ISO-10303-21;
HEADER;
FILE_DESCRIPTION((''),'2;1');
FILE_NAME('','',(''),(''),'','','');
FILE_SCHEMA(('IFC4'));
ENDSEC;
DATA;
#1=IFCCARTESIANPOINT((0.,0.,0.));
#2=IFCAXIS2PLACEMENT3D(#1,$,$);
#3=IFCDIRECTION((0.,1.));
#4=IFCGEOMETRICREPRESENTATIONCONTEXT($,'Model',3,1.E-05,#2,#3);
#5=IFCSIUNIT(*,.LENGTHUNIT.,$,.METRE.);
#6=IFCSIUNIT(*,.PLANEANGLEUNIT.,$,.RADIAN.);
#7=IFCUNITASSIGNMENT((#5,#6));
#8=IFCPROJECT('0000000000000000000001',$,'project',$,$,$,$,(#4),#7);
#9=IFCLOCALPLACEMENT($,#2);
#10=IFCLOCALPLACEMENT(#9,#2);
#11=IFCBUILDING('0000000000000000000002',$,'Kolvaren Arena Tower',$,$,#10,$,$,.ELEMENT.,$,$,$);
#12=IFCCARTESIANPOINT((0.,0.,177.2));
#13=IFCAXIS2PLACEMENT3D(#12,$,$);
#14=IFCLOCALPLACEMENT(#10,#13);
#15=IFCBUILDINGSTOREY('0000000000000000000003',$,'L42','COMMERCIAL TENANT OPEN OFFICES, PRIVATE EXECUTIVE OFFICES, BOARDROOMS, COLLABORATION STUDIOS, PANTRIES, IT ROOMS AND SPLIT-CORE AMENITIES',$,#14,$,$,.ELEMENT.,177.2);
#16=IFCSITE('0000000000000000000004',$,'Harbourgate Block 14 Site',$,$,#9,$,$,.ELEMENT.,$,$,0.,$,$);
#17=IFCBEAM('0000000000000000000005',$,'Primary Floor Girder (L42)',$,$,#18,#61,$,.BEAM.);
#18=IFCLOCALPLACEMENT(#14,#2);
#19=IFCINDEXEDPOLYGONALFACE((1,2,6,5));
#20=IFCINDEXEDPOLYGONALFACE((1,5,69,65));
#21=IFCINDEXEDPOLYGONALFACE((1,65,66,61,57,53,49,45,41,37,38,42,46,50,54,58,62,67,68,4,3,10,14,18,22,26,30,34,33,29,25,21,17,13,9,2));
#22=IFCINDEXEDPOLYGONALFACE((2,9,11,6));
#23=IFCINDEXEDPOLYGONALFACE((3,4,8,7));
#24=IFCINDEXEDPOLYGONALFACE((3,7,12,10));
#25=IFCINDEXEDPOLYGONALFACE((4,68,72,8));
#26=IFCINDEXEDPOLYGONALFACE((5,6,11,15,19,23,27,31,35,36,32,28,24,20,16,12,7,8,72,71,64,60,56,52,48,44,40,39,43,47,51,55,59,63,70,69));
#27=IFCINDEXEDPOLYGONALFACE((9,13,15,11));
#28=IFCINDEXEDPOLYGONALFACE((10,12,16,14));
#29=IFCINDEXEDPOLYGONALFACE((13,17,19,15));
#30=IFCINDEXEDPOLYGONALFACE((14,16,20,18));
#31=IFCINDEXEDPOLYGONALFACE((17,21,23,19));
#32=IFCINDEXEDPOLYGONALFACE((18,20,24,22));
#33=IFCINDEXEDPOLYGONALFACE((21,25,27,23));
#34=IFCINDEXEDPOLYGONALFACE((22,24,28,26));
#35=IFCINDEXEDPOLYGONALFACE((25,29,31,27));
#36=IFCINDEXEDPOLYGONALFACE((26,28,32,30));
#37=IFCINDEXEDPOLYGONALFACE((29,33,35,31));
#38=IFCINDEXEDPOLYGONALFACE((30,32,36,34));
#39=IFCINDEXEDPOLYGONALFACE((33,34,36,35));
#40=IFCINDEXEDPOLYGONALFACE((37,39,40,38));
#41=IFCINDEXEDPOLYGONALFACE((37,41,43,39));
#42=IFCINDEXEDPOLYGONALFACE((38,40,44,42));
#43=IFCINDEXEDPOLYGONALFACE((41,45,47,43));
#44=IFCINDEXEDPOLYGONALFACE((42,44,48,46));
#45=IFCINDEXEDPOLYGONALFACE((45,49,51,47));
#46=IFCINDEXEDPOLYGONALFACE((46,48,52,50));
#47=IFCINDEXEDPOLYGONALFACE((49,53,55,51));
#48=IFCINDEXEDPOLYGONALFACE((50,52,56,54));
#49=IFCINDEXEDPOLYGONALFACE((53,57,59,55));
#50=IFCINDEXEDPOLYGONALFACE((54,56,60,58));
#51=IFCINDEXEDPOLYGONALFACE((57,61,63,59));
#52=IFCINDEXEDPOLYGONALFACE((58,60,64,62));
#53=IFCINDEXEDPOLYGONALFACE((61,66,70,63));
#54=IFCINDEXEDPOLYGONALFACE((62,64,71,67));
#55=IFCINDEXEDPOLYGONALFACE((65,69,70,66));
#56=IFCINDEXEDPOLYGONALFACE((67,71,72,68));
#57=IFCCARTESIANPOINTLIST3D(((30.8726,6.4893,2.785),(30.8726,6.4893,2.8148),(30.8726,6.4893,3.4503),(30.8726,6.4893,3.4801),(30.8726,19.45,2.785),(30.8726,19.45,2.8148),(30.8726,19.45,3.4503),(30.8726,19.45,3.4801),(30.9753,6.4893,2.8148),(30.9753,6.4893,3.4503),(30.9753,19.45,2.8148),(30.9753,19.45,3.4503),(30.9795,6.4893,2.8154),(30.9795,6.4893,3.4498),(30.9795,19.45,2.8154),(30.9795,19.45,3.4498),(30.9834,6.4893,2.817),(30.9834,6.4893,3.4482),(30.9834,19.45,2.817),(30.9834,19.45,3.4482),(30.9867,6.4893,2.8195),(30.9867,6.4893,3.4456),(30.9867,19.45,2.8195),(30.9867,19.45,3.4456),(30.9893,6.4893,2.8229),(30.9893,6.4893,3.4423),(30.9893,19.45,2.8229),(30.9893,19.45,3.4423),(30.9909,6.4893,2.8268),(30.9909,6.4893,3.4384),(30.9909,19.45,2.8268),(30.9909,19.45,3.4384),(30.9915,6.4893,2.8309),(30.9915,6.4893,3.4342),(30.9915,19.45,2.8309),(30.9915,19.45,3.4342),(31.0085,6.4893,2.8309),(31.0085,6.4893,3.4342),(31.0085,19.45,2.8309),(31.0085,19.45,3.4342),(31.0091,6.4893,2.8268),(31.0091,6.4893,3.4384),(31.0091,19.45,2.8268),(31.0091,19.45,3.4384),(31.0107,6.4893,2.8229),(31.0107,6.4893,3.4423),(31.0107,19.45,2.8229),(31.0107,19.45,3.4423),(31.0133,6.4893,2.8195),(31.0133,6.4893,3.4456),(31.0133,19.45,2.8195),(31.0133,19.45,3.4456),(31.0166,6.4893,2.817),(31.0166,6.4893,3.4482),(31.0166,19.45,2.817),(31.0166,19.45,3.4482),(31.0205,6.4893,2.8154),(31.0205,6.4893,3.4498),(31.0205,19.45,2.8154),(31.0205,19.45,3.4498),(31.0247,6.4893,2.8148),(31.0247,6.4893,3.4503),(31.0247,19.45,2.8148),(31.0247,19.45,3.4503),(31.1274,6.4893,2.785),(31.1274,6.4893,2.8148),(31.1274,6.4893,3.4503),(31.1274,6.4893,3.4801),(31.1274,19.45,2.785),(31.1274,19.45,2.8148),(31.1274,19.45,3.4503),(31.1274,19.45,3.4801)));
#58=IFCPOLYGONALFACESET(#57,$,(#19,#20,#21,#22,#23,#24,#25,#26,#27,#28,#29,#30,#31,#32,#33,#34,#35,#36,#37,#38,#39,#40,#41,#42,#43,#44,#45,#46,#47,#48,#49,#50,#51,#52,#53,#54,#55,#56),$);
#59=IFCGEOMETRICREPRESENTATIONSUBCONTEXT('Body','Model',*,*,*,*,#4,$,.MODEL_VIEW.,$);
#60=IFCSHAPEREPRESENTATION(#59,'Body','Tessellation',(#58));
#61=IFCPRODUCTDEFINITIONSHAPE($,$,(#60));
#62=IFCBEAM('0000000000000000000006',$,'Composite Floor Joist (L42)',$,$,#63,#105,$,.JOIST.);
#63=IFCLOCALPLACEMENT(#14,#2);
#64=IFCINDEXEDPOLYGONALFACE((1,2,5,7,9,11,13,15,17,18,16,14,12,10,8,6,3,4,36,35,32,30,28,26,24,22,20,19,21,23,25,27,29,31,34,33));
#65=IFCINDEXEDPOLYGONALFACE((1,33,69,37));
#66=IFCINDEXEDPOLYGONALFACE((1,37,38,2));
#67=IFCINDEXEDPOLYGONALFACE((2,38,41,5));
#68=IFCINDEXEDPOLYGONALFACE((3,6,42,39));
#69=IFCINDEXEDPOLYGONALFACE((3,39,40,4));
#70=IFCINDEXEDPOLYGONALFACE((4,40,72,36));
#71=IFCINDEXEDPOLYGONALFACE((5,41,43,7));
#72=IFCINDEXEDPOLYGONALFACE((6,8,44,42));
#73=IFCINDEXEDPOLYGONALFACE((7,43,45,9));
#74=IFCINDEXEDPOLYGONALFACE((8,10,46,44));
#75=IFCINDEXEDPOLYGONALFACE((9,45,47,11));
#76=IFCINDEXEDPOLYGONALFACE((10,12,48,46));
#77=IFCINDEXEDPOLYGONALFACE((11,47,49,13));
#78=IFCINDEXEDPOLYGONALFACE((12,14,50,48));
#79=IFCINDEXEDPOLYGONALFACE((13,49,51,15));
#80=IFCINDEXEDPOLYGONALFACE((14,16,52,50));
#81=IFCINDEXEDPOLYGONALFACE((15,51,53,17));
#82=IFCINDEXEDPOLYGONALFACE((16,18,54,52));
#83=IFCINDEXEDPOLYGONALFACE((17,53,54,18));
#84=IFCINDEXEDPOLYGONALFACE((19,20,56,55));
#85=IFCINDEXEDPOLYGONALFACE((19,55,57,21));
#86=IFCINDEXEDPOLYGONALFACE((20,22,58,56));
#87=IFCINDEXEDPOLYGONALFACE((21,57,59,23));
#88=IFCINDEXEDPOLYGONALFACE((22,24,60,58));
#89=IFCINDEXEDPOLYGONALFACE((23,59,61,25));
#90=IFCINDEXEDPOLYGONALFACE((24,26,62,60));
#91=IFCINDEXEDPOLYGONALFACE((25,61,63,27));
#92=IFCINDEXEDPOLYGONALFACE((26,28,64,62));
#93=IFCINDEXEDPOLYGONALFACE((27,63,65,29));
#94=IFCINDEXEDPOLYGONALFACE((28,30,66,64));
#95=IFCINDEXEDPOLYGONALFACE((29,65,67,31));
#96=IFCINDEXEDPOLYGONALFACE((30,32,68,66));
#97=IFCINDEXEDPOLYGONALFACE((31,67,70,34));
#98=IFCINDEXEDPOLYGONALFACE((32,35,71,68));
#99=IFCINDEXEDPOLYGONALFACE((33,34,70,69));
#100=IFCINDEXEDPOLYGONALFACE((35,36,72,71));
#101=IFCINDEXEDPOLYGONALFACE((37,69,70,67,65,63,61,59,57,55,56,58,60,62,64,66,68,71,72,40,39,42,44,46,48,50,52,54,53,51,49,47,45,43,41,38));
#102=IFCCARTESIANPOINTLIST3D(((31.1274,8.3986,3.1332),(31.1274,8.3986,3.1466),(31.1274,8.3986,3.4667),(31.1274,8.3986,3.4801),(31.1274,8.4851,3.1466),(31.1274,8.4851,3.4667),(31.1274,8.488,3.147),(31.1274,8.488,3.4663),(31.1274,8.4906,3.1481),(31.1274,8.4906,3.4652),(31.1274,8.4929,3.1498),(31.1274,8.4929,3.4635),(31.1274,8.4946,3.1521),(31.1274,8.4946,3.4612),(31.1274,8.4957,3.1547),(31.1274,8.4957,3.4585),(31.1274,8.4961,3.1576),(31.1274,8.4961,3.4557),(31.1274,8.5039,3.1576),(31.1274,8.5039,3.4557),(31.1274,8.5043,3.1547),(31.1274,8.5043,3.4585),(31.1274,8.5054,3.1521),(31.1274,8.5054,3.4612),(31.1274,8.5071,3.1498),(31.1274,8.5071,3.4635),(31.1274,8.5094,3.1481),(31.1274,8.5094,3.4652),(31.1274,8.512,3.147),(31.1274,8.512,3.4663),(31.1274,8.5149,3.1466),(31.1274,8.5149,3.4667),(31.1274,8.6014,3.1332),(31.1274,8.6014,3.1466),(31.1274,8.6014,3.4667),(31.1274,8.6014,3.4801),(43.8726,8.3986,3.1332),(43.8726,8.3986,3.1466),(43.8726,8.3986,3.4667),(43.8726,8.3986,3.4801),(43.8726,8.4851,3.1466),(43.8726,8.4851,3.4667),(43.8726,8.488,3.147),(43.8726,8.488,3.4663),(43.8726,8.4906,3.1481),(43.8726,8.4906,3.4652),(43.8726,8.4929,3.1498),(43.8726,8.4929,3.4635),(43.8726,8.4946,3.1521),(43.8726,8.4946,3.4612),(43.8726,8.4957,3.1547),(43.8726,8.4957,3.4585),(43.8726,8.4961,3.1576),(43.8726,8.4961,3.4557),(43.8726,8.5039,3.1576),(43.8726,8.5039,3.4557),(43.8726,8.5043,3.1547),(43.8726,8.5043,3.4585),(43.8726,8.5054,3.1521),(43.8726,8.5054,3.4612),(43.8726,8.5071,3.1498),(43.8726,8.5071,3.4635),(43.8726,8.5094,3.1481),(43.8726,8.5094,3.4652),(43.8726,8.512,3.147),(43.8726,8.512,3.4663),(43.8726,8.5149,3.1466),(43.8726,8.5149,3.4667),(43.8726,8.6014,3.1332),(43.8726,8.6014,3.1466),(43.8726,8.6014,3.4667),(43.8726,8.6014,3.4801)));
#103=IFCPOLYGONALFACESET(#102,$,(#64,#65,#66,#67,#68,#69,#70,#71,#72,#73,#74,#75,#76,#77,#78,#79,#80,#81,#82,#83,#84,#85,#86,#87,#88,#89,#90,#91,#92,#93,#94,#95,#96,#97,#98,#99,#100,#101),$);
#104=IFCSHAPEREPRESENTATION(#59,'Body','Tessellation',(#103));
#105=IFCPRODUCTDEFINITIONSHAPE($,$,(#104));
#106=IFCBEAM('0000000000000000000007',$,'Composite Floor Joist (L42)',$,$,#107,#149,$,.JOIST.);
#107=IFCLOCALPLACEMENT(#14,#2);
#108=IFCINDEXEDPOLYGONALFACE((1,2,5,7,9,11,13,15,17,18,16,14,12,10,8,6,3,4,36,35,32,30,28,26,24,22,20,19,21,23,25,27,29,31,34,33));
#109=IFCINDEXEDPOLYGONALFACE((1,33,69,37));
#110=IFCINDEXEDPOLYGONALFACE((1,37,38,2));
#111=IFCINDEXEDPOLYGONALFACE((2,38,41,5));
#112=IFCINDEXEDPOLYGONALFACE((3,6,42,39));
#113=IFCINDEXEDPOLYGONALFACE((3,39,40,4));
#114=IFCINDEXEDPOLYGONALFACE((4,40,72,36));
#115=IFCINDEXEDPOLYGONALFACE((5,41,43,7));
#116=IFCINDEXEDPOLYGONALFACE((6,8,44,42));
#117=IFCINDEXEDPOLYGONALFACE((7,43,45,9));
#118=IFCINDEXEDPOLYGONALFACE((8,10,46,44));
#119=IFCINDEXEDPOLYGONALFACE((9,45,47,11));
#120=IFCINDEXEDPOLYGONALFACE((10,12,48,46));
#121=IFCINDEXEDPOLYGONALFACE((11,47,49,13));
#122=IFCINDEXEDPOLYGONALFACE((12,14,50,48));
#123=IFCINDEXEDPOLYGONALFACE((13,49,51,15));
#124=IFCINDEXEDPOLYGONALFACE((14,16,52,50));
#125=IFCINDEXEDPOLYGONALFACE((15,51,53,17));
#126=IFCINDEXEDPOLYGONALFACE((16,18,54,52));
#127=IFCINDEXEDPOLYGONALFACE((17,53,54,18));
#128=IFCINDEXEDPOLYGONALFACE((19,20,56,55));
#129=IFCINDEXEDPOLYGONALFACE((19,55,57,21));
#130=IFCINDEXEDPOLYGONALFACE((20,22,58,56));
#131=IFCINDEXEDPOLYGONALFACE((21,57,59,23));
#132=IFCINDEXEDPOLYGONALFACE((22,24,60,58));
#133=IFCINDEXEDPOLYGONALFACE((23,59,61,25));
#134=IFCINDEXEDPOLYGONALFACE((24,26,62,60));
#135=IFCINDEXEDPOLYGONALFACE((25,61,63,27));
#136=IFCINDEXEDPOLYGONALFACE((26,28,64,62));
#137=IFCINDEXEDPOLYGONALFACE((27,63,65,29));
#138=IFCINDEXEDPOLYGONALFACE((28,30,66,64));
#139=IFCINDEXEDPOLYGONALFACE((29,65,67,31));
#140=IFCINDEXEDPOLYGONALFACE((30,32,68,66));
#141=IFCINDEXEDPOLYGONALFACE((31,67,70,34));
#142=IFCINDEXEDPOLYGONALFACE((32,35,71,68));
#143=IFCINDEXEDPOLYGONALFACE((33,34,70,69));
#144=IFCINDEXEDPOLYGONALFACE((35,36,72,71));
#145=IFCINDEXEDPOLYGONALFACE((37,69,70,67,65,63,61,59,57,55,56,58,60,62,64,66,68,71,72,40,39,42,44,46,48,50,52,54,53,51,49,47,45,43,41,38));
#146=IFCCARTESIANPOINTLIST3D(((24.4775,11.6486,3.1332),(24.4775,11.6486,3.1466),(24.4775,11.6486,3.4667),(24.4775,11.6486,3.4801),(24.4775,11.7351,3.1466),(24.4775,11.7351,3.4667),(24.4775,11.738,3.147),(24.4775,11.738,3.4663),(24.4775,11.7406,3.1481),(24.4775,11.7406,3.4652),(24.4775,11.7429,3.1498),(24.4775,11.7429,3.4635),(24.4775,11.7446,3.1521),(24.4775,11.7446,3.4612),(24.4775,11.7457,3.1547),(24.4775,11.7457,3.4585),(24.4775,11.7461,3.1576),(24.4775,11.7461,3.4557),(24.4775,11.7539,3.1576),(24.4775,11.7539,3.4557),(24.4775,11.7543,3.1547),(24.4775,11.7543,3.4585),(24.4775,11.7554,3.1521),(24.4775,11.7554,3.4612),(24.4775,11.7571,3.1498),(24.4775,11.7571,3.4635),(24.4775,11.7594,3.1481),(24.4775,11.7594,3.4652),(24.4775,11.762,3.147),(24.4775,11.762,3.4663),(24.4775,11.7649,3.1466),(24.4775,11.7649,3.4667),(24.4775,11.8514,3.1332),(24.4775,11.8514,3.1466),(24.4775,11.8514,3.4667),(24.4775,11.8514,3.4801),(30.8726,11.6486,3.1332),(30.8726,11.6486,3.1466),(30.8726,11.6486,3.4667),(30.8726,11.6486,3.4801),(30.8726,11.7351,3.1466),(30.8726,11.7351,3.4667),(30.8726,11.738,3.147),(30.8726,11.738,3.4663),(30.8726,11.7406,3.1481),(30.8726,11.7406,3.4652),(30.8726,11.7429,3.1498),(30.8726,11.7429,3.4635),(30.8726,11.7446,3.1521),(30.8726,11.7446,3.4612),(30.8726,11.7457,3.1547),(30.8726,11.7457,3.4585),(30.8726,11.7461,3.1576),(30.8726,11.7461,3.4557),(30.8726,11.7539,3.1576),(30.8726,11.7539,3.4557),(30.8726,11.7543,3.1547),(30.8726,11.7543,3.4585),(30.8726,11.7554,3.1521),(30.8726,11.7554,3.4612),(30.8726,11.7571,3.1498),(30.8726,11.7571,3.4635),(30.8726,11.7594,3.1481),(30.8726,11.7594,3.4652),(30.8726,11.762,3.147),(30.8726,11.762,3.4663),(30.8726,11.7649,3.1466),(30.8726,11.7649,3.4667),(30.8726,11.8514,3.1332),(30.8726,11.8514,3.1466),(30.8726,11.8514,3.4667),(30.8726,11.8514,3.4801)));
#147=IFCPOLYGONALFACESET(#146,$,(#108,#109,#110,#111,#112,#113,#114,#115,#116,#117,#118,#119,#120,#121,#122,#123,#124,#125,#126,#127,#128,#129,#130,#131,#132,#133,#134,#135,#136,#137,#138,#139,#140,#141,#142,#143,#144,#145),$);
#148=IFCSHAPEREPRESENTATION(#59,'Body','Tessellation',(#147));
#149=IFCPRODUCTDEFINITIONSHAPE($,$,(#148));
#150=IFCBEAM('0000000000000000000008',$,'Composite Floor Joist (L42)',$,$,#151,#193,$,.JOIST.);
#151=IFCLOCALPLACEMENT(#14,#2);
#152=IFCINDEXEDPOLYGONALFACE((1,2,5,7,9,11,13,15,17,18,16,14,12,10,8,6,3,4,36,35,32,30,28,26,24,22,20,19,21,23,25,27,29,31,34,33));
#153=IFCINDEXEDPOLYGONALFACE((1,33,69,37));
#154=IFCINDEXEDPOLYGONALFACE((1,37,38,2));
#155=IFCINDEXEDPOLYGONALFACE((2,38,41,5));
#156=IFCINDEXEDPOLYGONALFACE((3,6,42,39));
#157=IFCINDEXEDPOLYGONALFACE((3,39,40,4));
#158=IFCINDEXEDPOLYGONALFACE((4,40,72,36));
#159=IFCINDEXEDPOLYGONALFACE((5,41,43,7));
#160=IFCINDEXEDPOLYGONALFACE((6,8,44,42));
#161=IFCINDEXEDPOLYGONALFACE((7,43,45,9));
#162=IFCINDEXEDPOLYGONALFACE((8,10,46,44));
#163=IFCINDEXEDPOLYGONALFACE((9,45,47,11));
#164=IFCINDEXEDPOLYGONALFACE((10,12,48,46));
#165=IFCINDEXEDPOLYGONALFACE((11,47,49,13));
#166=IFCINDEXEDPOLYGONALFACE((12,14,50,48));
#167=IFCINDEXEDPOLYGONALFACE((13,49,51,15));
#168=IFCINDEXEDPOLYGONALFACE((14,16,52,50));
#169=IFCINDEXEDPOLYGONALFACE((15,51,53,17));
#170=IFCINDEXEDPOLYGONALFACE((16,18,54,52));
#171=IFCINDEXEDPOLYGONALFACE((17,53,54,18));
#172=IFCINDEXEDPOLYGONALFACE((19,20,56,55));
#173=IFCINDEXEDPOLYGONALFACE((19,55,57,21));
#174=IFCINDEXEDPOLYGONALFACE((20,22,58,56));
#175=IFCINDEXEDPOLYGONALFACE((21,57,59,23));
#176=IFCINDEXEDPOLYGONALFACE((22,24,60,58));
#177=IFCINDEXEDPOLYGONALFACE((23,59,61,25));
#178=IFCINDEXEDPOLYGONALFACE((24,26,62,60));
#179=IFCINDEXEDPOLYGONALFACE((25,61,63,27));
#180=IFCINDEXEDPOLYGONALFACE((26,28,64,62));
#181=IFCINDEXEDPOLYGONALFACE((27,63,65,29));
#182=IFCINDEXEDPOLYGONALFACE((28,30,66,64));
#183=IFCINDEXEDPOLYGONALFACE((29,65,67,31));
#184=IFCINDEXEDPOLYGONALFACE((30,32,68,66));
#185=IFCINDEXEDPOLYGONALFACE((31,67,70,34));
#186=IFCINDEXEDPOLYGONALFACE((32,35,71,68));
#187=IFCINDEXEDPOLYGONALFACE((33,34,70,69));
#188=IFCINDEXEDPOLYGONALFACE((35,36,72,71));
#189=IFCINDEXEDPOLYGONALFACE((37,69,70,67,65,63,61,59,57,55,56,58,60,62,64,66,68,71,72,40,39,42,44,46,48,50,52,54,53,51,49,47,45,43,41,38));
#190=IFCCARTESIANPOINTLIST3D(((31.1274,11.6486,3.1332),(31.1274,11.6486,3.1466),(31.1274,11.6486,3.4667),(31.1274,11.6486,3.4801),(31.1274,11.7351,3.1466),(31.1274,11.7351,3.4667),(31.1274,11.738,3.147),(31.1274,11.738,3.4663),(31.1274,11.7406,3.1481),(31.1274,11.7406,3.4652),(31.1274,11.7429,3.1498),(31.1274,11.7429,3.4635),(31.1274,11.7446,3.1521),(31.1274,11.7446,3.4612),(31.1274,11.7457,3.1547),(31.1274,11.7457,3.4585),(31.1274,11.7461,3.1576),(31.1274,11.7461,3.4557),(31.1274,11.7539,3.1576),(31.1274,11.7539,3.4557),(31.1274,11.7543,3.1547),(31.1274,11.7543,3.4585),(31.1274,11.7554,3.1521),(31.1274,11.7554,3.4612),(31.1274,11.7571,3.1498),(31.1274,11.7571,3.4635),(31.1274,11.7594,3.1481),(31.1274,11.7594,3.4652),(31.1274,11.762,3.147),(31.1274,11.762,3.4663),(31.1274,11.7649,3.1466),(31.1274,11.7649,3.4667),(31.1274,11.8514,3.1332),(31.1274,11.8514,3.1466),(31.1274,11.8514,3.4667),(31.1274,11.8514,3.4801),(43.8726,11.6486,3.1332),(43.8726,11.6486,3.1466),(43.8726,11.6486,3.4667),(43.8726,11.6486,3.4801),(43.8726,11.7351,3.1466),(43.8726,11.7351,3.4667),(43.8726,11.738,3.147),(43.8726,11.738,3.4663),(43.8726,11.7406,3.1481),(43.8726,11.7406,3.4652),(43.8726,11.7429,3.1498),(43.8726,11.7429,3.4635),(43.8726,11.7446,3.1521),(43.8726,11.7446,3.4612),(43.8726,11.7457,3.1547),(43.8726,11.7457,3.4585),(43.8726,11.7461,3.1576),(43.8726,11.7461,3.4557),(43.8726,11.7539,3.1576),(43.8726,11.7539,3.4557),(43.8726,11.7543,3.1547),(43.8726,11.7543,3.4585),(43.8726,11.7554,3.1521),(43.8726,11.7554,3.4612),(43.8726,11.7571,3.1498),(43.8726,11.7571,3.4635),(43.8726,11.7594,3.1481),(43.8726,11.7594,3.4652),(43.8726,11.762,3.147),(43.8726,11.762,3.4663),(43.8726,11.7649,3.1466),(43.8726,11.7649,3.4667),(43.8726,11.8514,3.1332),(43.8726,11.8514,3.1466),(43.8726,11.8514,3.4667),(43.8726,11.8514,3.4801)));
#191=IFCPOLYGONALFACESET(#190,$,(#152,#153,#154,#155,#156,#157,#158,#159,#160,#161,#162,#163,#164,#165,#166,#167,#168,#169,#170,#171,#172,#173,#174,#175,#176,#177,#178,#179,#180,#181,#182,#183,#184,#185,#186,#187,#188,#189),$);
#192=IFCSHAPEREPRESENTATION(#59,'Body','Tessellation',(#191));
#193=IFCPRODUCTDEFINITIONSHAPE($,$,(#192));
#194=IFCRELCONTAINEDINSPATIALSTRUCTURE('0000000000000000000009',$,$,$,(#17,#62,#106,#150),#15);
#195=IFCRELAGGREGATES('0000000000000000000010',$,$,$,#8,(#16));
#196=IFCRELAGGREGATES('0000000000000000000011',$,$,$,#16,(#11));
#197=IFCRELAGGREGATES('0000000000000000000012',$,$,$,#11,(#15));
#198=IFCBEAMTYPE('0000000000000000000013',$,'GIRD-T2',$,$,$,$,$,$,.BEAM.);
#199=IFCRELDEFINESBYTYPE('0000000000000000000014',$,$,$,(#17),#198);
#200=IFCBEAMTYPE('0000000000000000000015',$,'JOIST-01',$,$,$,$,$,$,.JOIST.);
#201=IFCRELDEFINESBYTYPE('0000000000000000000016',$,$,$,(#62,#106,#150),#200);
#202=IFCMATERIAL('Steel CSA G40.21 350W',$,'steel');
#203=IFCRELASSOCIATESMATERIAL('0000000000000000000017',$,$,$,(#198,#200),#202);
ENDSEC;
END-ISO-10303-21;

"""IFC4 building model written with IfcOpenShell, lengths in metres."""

from ifc_helpers import new_model, si_unit, direction, frame, origin, origin_2d, place, context, subcontext, project, spatial, i_section, extrude, material, material_profile, profile_set, type_object, element, save


model = new_model("IFC4")

# Units and contexts
model_context = context("Model", 3, precision=1e-05, world=origin(), true_north=direction((0.0, 1.0)))
body_context = subcontext(model_context, "Body", "Model", "MODEL_VIEW")
ifc_project = project(units=[si_unit("LENGTHUNIT", "METRE"), si_unit("PLANEANGLEUNIT", "RADIAN")], contexts=[model_context])

# Site, building, storey
site_placement = place(None, origin())
site = spatial("IfcSite", under=ifc_project, at=site_placement, Name="Harbourgate Block 14 Site", CompositionType="ELEMENT", RefElevation=0.0)
building_placement = place(site_placement, origin())
building = spatial("IfcBuilding", under=site, at=building_placement, Name="Kolvaren Arena Tower", CompositionType="ELEMENT")
storey_placement = place(building_placement, frame((0.0, 0.0, 177.2)))
storey = spatial("IfcBuildingStorey", under=building, at=storey_placement, Name="L42", Description="COMMERCIAL TENANT OPEN OFFICES, PRIVATE EXECUTIVE OFFICES, BOARDROOMS, COLLABORATION STUDIOS, PANTRIES, IT ROOMS AND SPLIT-CORE AMENITIES", CompositionType="ELEMENT", Elevation=177.2)

# Beams
ifc_material_1 = material(Name="Steel CSA G40.21 350W", Category="steel")
ifc_material_profile_1 = material_profile(ifc_material_1, i_section(OverallWidth=0.2549, OverallDepth=0.6951, WebThickness=0.0171, FlangeThickness=0.0298, FilletRadius=0.0161, at=origin_2d()), Name="W690x217")
ifc_profile_set_1 = profile_set([ifc_material_profile_1], Name="Steel CSA G40.21 350W")
beam_type_1 = type_object("IfcBeamType", Name="GIRD-T2", PredefinedType="BEAM", material=ifc_profile_set_1)
beam_1_placement = place(storey_placement, frame((31.0, 6.4893, 3.1326), z_axis=(0.0, 1.0, 0.0), x_axis=(-1.0, 0.0, 0.0)))
element("IfcBeam", 1, at=beam_1_placement, inside=storey, type_object=beam_type_1, Name="Primary Floor Girder (L42)", PredefinedType="BEAM", context=body_context, shape_type="SweptSolid", body=[
    extrude(i_section(OverallWidth=0.2549, OverallDepth=0.6951, WebThickness=0.0171, FlangeThickness=0.0298, FilletRadius=0.0161, at=origin_2d()), origin(), (0.0, 0.0, 1.0), 12.9607),
])
ifc_material_profile_2 = material_profile(ifc_material_1, i_section(OverallWidth=0.2029, OverallDepth=0.3469, WebThickness=0.0078, FlangeThickness=0.0134, FilletRadius=0.011, at=origin_2d()), Name="W360x64")
ifc_profile_set_2 = profile_set([ifc_material_profile_2], Name="Steel CSA G40.21 350W")
beam_type_2 = type_object("IfcBeamType", Name="JOIST-01", PredefinedType="JOIST", material=ifc_profile_set_2)
beam_2_placement = place(storey_placement, frame((31.1274, 8.5, 3.3066), z_axis=(1.0, 0.0, 0.0), x_axis=(0.0, 1.0, 0.0)))
element("IfcBeam", 2, at=beam_2_placement, inside=storey, type_object=beam_type_2, Name="Composite Floor Joist (L42)", PredefinedType="JOIST", context=body_context, shape_type="SweptSolid", body=[
    extrude(i_section(OverallWidth=0.2029, OverallDepth=0.3469, WebThickness=0.0078, FlangeThickness=0.0134, FilletRadius=0.011, at=origin_2d()), origin(), (0.0, 0.0, 1.0), 12.7451),
])
beam_3_placement = place(storey_placement, frame((24.4775, 11.75, 3.3066), z_axis=(1.0, 0.0, 0.0), x_axis=(0.0, 1.0, 0.0)))
element("IfcBeam", 3, at=beam_3_placement, inside=storey, type_object=beam_type_2, Name="Composite Floor Joist (L42)", PredefinedType="JOIST", context=body_context, shape_type="SweptSolid", body=[
    extrude(i_section(OverallWidth=0.2029, OverallDepth=0.3469, WebThickness=0.0078, FlangeThickness=0.0134, FilletRadius=0.011, at=origin_2d()), origin(), (0.0, 0.0, 1.0), 6.395),
])
beam_4_placement = place(storey_placement, frame((31.1274, 11.75, 3.3066), z_axis=(1.0, 0.0, 0.0), x_axis=(0.0, 1.0, 0.0)))
element("IfcBeam", 4, at=beam_4_placement, inside=storey, type_object=beam_type_2, Name="Composite Floor Joist (L42)", PredefinedType="JOIST", context=body_context, shape_type="SweptSolid", body=[
    extrude(i_section(OverallWidth=0.2029, OverallDepth=0.3469, WebThickness=0.0078, FlangeThickness=0.0134, FilletRadius=0.011, at=origin_2d()), origin(), (0.0, 0.0, 1.0), 12.7451),
])

save(model, "model.ifc")
